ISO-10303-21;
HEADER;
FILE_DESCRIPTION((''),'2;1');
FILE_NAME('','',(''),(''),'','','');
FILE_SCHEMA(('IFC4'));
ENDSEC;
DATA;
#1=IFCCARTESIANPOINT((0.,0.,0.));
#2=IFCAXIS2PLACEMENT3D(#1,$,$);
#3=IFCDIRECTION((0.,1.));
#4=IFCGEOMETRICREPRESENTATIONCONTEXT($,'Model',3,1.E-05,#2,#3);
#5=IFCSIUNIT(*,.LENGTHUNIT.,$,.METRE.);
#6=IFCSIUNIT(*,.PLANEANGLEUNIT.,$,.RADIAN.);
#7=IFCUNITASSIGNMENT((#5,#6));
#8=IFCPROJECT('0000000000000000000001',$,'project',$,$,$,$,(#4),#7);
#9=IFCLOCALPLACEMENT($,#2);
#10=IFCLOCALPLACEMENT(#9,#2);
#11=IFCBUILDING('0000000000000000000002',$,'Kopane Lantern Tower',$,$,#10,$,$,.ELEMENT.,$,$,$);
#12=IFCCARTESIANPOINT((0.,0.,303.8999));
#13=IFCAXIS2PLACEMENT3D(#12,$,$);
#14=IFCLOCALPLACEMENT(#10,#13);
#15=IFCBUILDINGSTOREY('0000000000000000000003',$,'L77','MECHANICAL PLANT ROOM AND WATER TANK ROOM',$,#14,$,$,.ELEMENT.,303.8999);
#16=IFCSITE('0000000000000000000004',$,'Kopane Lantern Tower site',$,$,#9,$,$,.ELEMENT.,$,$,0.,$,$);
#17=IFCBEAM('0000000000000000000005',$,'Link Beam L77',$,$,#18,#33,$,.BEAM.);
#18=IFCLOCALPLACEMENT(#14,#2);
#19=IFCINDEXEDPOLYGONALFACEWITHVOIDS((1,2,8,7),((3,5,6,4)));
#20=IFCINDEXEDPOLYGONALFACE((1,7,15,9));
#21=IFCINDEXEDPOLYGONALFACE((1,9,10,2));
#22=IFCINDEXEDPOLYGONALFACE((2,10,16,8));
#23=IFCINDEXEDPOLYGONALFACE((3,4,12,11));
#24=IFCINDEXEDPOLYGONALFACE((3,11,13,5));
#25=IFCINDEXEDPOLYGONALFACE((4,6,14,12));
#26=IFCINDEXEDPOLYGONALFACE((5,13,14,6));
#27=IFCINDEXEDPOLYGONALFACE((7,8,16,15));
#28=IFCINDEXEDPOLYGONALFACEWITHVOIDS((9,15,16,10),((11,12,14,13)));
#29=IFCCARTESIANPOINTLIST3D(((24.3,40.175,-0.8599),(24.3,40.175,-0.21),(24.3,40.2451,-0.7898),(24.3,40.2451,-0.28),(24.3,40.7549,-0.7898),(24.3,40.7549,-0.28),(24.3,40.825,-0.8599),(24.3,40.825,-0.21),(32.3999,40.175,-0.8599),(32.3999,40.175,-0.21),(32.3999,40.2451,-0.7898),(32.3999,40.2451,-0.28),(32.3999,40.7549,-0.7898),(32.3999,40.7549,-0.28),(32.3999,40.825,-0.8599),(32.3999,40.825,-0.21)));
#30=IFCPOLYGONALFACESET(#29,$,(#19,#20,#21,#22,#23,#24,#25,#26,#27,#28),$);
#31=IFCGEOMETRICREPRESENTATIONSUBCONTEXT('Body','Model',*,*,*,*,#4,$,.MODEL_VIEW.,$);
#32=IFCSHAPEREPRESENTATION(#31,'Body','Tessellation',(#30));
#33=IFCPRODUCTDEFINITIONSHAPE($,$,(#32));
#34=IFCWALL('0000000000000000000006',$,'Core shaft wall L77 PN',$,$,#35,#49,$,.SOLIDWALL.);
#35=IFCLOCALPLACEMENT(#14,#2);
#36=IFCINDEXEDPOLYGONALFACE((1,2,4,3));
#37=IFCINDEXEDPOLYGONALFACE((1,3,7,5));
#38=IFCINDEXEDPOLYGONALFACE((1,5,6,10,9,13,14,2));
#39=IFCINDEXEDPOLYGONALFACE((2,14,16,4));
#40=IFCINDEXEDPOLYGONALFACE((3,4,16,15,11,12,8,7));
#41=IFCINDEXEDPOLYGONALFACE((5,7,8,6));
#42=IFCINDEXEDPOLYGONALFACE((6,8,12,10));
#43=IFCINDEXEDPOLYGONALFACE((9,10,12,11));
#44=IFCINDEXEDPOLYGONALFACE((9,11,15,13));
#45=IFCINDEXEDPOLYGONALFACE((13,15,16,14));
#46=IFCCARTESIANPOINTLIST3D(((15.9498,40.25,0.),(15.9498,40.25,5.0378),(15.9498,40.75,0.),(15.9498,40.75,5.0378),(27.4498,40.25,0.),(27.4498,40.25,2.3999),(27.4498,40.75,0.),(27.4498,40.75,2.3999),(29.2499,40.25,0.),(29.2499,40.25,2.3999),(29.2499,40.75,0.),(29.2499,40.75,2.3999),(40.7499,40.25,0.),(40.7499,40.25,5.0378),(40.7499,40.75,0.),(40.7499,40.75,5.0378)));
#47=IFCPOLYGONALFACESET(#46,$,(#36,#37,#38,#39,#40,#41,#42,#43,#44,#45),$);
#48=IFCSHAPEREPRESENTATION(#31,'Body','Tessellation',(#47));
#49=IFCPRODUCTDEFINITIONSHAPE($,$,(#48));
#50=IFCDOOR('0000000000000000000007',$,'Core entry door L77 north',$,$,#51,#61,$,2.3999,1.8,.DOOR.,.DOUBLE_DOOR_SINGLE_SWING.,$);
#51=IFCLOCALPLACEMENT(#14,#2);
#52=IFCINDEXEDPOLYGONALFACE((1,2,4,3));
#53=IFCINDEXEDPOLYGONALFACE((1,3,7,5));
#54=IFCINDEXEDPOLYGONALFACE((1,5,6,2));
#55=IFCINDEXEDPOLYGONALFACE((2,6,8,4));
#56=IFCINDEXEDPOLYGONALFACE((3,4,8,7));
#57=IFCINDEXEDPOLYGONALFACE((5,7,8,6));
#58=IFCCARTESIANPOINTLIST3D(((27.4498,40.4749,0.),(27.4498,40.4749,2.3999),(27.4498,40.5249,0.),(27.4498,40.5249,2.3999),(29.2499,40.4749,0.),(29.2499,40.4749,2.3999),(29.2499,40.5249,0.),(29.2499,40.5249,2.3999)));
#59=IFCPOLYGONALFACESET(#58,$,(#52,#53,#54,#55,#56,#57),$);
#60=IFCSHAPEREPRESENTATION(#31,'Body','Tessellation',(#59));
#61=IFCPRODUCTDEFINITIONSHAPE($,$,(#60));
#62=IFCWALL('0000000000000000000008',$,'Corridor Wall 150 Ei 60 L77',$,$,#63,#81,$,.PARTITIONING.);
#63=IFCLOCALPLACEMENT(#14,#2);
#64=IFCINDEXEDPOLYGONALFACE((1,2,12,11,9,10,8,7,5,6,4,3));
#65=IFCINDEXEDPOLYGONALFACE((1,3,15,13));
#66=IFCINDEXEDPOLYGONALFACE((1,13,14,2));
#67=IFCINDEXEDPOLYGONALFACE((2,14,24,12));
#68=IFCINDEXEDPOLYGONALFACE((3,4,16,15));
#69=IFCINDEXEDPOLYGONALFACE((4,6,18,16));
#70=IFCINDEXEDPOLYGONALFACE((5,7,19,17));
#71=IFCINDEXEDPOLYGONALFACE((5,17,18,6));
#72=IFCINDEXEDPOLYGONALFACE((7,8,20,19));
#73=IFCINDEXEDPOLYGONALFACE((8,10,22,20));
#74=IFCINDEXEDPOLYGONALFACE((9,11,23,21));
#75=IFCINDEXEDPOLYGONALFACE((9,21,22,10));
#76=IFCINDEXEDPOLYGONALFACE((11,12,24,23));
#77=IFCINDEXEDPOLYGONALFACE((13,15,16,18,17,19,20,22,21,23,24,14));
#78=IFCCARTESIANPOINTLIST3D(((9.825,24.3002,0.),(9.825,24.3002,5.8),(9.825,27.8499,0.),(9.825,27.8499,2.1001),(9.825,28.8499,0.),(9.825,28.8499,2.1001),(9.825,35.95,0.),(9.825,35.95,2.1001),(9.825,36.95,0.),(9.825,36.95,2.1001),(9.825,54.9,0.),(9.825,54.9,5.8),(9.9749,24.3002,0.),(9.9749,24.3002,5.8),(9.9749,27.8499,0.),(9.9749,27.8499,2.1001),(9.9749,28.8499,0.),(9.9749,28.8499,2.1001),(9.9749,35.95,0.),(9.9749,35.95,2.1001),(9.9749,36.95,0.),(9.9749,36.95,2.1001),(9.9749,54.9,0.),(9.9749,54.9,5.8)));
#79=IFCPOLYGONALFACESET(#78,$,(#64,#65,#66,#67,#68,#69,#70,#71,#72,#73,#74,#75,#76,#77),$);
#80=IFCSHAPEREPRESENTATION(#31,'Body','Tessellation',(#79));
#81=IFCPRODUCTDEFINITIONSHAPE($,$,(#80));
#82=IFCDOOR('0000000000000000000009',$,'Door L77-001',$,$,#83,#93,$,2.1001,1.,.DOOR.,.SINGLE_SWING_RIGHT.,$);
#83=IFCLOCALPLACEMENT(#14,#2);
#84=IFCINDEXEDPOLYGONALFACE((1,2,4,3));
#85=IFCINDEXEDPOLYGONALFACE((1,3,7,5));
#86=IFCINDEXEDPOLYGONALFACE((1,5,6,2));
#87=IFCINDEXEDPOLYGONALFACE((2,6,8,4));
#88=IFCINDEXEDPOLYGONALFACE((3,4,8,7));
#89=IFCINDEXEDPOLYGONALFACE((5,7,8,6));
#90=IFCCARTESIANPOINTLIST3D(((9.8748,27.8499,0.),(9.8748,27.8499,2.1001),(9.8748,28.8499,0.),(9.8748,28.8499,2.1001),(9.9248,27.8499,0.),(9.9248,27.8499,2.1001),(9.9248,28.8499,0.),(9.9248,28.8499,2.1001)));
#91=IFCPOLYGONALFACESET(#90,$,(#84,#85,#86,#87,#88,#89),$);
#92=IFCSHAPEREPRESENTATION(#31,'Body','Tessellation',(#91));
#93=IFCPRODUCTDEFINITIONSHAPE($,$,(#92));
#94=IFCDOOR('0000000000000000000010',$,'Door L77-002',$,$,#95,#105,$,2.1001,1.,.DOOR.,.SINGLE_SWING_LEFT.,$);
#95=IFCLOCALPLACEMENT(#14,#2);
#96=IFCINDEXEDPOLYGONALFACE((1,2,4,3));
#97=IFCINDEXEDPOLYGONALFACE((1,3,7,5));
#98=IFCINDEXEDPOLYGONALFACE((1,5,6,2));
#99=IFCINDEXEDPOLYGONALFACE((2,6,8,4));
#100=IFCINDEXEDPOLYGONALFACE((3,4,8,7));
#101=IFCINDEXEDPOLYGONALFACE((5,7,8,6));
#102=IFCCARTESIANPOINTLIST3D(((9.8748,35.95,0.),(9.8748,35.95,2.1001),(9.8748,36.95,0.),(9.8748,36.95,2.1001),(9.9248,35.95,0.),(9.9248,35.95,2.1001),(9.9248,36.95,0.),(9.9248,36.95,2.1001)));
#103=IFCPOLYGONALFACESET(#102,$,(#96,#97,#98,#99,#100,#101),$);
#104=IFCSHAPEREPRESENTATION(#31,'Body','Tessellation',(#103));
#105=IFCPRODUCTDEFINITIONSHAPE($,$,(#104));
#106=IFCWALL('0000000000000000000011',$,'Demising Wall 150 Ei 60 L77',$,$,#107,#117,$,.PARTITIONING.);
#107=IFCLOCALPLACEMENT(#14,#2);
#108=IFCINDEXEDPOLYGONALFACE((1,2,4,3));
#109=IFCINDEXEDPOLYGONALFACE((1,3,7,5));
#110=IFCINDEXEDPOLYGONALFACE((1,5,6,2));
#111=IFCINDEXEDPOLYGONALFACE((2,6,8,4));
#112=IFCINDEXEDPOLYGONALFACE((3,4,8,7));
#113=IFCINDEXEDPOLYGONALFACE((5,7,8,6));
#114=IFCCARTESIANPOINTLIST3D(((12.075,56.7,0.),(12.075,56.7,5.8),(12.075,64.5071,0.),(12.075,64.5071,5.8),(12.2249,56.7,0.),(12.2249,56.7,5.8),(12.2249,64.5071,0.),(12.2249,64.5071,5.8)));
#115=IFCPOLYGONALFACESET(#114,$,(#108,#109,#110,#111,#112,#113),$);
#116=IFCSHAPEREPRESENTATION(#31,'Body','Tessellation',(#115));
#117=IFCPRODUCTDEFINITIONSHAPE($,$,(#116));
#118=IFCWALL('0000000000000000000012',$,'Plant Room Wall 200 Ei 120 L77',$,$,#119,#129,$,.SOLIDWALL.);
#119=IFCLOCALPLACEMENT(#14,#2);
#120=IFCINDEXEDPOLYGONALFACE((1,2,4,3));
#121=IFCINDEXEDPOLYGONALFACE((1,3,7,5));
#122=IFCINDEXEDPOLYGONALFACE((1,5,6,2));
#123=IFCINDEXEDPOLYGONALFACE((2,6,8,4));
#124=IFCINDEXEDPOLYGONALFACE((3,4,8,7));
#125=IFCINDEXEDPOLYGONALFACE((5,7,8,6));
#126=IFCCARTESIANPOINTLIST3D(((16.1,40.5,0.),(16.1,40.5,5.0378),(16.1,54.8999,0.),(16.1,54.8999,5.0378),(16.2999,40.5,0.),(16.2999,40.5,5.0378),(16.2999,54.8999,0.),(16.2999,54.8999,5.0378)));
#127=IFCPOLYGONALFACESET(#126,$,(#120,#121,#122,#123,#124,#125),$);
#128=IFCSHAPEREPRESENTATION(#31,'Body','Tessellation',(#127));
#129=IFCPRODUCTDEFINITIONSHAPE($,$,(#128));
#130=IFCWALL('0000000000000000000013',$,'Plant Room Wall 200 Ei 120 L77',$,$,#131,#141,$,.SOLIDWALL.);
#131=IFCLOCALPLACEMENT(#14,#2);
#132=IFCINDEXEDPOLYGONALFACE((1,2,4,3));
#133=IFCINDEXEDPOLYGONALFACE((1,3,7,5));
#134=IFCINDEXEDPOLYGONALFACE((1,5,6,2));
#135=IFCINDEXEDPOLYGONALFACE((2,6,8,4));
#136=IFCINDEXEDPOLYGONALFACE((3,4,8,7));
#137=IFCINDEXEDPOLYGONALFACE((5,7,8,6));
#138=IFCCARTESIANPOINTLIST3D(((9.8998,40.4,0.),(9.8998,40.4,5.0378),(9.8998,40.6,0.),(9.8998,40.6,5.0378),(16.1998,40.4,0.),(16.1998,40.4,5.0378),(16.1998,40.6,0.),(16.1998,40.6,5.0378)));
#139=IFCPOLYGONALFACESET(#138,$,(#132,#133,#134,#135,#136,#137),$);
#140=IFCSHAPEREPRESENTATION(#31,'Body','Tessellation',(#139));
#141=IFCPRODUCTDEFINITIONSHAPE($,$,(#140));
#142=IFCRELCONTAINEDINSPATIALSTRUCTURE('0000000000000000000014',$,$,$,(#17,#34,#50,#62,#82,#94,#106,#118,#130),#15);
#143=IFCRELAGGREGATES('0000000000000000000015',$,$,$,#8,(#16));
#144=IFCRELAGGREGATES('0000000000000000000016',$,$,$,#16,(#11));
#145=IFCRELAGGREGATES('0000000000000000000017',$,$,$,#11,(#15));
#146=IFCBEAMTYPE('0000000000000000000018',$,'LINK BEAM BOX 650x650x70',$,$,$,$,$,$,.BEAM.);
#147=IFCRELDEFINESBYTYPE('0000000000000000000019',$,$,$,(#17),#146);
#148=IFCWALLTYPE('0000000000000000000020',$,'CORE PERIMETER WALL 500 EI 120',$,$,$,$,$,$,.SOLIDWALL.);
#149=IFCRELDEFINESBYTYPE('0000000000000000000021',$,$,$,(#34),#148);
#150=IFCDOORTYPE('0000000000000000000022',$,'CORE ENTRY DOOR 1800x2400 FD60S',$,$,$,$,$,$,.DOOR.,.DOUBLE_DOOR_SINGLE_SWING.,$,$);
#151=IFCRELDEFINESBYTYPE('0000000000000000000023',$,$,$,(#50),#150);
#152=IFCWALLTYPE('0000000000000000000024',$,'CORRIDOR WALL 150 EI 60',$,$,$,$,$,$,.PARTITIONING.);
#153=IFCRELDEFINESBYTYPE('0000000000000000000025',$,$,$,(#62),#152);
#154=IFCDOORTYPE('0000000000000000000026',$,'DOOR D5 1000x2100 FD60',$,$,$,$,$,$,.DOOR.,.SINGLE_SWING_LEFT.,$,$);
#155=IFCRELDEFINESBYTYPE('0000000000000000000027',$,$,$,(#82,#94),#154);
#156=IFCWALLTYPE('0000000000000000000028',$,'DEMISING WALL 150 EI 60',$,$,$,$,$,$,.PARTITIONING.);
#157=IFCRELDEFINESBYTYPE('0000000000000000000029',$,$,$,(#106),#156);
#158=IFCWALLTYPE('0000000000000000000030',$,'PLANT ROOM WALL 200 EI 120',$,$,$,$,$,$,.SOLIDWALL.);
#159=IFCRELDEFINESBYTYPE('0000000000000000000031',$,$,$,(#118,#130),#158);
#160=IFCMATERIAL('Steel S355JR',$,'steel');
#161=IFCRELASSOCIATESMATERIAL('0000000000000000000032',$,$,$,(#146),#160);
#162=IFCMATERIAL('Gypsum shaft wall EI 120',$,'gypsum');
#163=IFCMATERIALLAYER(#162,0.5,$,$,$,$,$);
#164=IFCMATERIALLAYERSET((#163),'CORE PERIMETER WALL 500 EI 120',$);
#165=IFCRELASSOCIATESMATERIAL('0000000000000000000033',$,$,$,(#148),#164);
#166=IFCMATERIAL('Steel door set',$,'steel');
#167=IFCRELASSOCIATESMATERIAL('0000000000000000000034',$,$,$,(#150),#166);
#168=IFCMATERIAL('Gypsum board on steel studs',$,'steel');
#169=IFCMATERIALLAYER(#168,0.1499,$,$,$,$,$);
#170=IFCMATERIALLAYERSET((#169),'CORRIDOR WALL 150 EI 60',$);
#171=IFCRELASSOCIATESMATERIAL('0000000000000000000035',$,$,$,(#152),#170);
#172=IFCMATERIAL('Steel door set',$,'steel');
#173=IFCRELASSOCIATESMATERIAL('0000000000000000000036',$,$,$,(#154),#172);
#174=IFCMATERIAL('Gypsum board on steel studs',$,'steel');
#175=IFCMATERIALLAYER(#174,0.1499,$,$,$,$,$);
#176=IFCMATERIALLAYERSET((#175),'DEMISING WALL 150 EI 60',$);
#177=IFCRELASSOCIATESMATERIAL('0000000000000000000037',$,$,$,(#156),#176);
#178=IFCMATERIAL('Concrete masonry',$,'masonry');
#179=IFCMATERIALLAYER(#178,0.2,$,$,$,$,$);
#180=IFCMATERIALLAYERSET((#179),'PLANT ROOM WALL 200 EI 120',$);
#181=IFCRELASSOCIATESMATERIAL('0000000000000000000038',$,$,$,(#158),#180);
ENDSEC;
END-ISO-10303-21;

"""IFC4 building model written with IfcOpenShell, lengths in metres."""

from ifc_helpers import new_model, si_unit, direction, frame, frame_2d, origin, origin_2d, place, context, subcontext, project, spatial, rectangle, hollow_rectangle, extrude, material, layer, layer_set, material_profile, profile_set, type_object, element, fill, save


model = new_model("IFC4")

# Units and contexts
model_context = context("Model", 3, precision=1e-05, world=origin(), true_north=direction((0.0, 1.0)))
body_context = subcontext(model_context, "Body", "Model", "MODEL_VIEW")
ifc_project = project(units=[si_unit("LENGTHUNIT", "METRE"), si_unit("PLANEANGLEUNIT", "RADIAN")], contexts=[model_context])

# Site, building, storey
site_placement = place(None, origin())
site = spatial("IfcSite", under=ifc_project, at=site_placement, Name="Kopane Lantern Tower site", CompositionType="ELEMENT", RefElevation=0.0)
building_placement = place(site_placement, origin())
building = spatial("IfcBuilding", under=site, at=building_placement, Name="Kopane Lantern Tower", CompositionType="ELEMENT")
storey_placement = place(building_placement, frame((0.0, 0.0, 303.8999)))
storey = spatial("IfcBuildingStorey", under=building, at=storey_placement, Name="L77", Description="MECHANICAL PLANT ROOM AND WATER TANK ROOM", CompositionType="ELEMENT", Elevation=303.8999)

# Beam
ifc_material_1 = material(Name="Steel S355JR", Category="steel")
ifc_material_profile_1 = material_profile(ifc_material_1, hollow_rectangle(XDim=0.6499, YDim=0.6499, WallThickness=0.0701, at=origin_2d()), Name="BOX 650x650x70")
ifc_profile_set_1 = profile_set([ifc_material_profile_1], Name="Steel S355JR")
beam_type_1 = type_object("IfcBeamType", Name="LINK BEAM BOX 650x650x70", PredefinedType="BEAM", material=ifc_profile_set_1)
beam_1_placement = place(storey_placement, frame((24.3, 40.5, -0.5349), z_axis=(1.0, 0.0, 0.0), x_axis=(0.0, 1.0, 0.0)))
element("IfcBeam", 1, at=beam_1_placement, inside=storey, type_object=beam_type_1, Name="Link Beam L77", PredefinedType="BEAM", context=body_context, shape_type="SweptSolid", body=[
    extrude(hollow_rectangle(XDim=0.6499, YDim=0.6499, WallThickness=0.0701, at=origin_2d()), origin(), (0.0, 0.0, 1.0), 8.0999),
])

# Wall, opening, door
ifc_material_2 = material(Name="Gypsum shaft wall EI 120", Category="gypsum")
ifc_layer_1 = layer(ifc_material_2, 0.5)
ifc_layer_set_1 = layer_set([ifc_layer_1], Name="CORE PERIMETER WALL 500 EI 120")
wall_type_1 = type_object("IfcWallType", Name="CORE PERIMETER WALL 500 EI 120", PredefinedType="SOLIDWALL", material=ifc_layer_set_1)
wall_1_placement = place(storey_placement, frame((15.95, 40.5, 0.0), z_axis=(0.0, 0.0, 1.0), x_axis=(1.0, 0.0, 0.0)))
wall_1 = element("IfcWall", 2, at=wall_1_placement, inside=storey, type_object=wall_type_1, Name="Core shaft wall L77 PN", PredefinedType="SOLIDWALL", context=body_context, shape_type="SweptSolid", body=[
    extrude(rectangle(XDim=24.8, YDim=0.5, at=frame_2d((12.3999, 0.0))), origin(), (0.0, 0.0, 1.0), 5.0378),
])
opening_1_placement = place(wall_1_placement, frame((11.5, 0.0, 0.0)))
opening_1 = element("IfcOpeningElement", 3, at=opening_1_placement, cuts=wall_1, PredefinedType="OPENING", context=body_context, shape_type="SweptSolid", body=[
    extrude(rectangle(XDim=1.8, YDim=2.3999, at=frame_2d((0.8999, 1.2))), frame((0.0, 0.26, 0.0), z_axis=(0.0, -1.0, 0.0), x_axis=(1.0, 0.0, 0.0)), (0.0, 0.0, 1.0), 0.52),
])
ifc_material_3 = material(Name="Steel door set", Category="steel")
door_type_1 = type_object("IfcDoorType", Name="CORE ENTRY DOOR 1800x2400 FD60S", OperationType="DOUBLE_DOOR_SINGLE_SWING", PredefinedType="DOOR", material=ifc_material_3)
door_1_placement = place(opening_1_placement, origin())
door_1 = element("IfcDoor", 4, at=door_1_placement, inside=storey, type_object=door_type_1, Name="Core entry door L77 north", OperationType="DOUBLE_DOOR_SINGLE_SWING", OverallHeight=2.3999, OverallWidth=1.8, PredefinedType="DOOR", context=body_context, shape_type="SweptSolid", body=[
    extrude(rectangle(XDim=1.8, YDim=2.3999, at=frame_2d((0.8999, 1.2))), frame((0.0, 0.0249, 0.0), z_axis=(0.0, -1.0, 0.0), x_axis=(1.0, 0.0, 0.0)), (0.0, 0.0, 1.0), 0.05),
])
fill(opening_1, door_1)

# Wall, openings, doors
ifc_material_4 = material(Name="Gypsum board on steel studs", Category="steel")
ifc_layer_2 = layer(ifc_material_4, 0.1499)
ifc_layer_set_2 = layer_set([ifc_layer_2], Name="CORRIDOR WALL 150 EI 60")
wall_type_2 = type_object("IfcWallType", Name="CORRIDOR WALL 150 EI 60", PredefinedType="PARTITIONING", material=ifc_layer_set_2)
wall_2_placement = place(storey_placement, frame((9.8999, 54.8999, 0.0), z_axis=(0.0, 0.0, 1.0), x_axis=(0.0, -1.0, 0.0)))
wall_2 = element("IfcWall", 5, at=wall_2_placement, inside=storey, type_object=wall_type_2, Name="Corridor Wall 150 Ei 60 L77", PredefinedType="PARTITIONING", context=body_context, shape_type="SweptSolid", body=[
    extrude(rectangle(XDim=30.5999, YDim=0.1499, at=frame_2d((15.2998, 0.0))), origin(), (0.0, 0.0, 1.0), 5.8),
])
opening_2_placement = place(wall_2_placement, frame((26.05, 0.0, 0.0)))
opening_2 = element("IfcOpeningElement", 6, at=opening_2_placement, cuts=wall_2, PredefinedType="OPENING", context=body_context, shape_type="SweptSolid", body=[
    extrude(rectangle(XDim=1.0, YDim=2.1001, at=frame_2d((0.5, 1.05))), frame((0.0, 0.085, 0.0), z_axis=(0.0, -1.0, 0.0), x_axis=(1.0, 0.0, 0.0)), (0.0, 0.0, 1.0), 0.1699),
])
opening_3_placement = place(wall_2_placement, frame((17.95, 0.0, 0.0)))
opening_3 = element("IfcOpeningElement", 7, at=opening_3_placement, cuts=wall_2, PredefinedType="OPENING", context=body_context, shape_type="SweptSolid", body=[
    extrude(rectangle(XDim=1.0, YDim=2.1001, at=frame_2d((0.5, 1.05))), frame((0.0, 0.085, 0.0), z_axis=(0.0, -1.0, 0.0), x_axis=(1.0, 0.0, 0.0)), (0.0, 0.0, 1.0), 0.1699),
])
ifc_material_5 = material(Name="Steel door set", Category="steel")
door_type_2 = type_object("IfcDoorType", Name="DOOR D5 1000x2100 FD60", OperationType="SINGLE_SWING_LEFT", PredefinedType="DOOR", material=ifc_material_5)
door_2_placement = place(opening_2_placement, origin())
door_2 = element("IfcDoor", 8, at=door_2_placement, inside=storey, type_object=door_type_2, Name="Door L77-001", OperationType="SINGLE_SWING_RIGHT", OverallHeight=2.1001, OverallWidth=1.0, PredefinedType="DOOR", context=body_context, shape_type="SweptSolid", body=[
    extrude(rectangle(XDim=1.0, YDim=2.1001, at=frame_2d((0.5, 1.05))), frame((0.0, 0.0249, 0.0), z_axis=(0.0, -1.0, 0.0), x_axis=(1.0, 0.0, 0.0)), (0.0, 0.0, 1.0), 0.05),
])
fill(opening_2, door_2)
door_3_placement = place(opening_3_placement, origin())
door_3 = element("IfcDoor", 9, at=door_3_placement, inside=storey, type_object=door_type_2, Name="Door L77-002", OperationType="SINGLE_SWING_LEFT", OverallHeight=2.1001, OverallWidth=1.0, PredefinedType="DOOR", context=body_context, shape_type="SweptSolid", body=[
    extrude(rectangle(XDim=1.0, YDim=2.1001, at=frame_2d((0.5, 1.05))), frame((0.0, 0.0249, 0.0), z_axis=(0.0, -1.0, 0.0), x_axis=(1.0, 0.0, 0.0)), (0.0, 0.0, 1.0), 0.05),
])
fill(opening_3, door_3)

# Walls
ifc_material_6 = material(Name="Gypsum board on steel studs", Category="steel")
ifc_layer_3 = layer(ifc_material_6, 0.1499)
ifc_layer_set_3 = layer_set([ifc_layer_3], Name="DEMISING WALL 150 EI 60")
wall_type_3 = type_object("IfcWallType", Name="DEMISING WALL 150 EI 60", PredefinedType="PARTITIONING", material=ifc_layer_set_3)
wall_3_placement = place(storey_placement, frame((12.1499, 56.7, 0.0), z_axis=(0.0, 0.0, 1.0), x_axis=(0.0, 1.0, 0.0)))
element("IfcWall", 10, at=wall_3_placement, inside=storey, type_object=wall_type_3, Name="Demising Wall 150 Ei 60 L77", PredefinedType="PARTITIONING", context=body_context, shape_type="SweptSolid", body=[
    extrude(rectangle(XDim=7.8071, YDim=0.1499, at=frame_2d((3.9036, 0.0))), origin(), (0.0, 0.0, 1.0), 5.8),
])
ifc_material_7 = material(Name="Concrete masonry", Category="masonry")
ifc_layer_4 = layer(ifc_material_7, 0.2)
ifc_layer_set_4 = layer_set([ifc_layer_4], Name="PLANT ROOM WALL 200 EI 120")
wall_type_4 = type_object("IfcWallType", Name="PLANT ROOM WALL 200 EI 120", PredefinedType="SOLIDWALL", material=ifc_layer_set_4)
wall_4_placement = place(storey_placement, frame((16.2, 40.5, 0.0), z_axis=(0.0, 0.0, 1.0), x_axis=(0.0, 1.0, 0.0)))
element("IfcWall", 11, at=wall_4_placement, inside=storey, type_object=wall_type_4, Name="Plant Room Wall 200 Ei 120 L77", PredefinedType="SOLIDWALL", context=body_context, shape_type="SweptSolid", body=[
    extrude(rectangle(XDim=14.3999, YDim=0.2, at=frame_2d((7.2, 0.0))), origin(), (0.0, 0.0, 1.0), 5.0378),
])
wall_5_placement = place(storey_placement, frame((9.8999, 40.5, 0.0), z_axis=(0.0, 0.0, 1.0), x_axis=(1.0, 0.0, 0.0)))
element("IfcWall", 12, at=wall_5_placement, inside=storey, type_object=wall_type_4, Name="Plant Room Wall 200 Ei 120 L77", PredefinedType="SOLIDWALL", context=body_context, shape_type="SweptSolid", body=[
    extrude(rectangle(XDim=6.3, YDim=0.2, at=frame_2d((3.1499, 0.0))), origin(), (0.0, 0.0, 1.0), 5.0378),
])

save(model, "model.ifc")
